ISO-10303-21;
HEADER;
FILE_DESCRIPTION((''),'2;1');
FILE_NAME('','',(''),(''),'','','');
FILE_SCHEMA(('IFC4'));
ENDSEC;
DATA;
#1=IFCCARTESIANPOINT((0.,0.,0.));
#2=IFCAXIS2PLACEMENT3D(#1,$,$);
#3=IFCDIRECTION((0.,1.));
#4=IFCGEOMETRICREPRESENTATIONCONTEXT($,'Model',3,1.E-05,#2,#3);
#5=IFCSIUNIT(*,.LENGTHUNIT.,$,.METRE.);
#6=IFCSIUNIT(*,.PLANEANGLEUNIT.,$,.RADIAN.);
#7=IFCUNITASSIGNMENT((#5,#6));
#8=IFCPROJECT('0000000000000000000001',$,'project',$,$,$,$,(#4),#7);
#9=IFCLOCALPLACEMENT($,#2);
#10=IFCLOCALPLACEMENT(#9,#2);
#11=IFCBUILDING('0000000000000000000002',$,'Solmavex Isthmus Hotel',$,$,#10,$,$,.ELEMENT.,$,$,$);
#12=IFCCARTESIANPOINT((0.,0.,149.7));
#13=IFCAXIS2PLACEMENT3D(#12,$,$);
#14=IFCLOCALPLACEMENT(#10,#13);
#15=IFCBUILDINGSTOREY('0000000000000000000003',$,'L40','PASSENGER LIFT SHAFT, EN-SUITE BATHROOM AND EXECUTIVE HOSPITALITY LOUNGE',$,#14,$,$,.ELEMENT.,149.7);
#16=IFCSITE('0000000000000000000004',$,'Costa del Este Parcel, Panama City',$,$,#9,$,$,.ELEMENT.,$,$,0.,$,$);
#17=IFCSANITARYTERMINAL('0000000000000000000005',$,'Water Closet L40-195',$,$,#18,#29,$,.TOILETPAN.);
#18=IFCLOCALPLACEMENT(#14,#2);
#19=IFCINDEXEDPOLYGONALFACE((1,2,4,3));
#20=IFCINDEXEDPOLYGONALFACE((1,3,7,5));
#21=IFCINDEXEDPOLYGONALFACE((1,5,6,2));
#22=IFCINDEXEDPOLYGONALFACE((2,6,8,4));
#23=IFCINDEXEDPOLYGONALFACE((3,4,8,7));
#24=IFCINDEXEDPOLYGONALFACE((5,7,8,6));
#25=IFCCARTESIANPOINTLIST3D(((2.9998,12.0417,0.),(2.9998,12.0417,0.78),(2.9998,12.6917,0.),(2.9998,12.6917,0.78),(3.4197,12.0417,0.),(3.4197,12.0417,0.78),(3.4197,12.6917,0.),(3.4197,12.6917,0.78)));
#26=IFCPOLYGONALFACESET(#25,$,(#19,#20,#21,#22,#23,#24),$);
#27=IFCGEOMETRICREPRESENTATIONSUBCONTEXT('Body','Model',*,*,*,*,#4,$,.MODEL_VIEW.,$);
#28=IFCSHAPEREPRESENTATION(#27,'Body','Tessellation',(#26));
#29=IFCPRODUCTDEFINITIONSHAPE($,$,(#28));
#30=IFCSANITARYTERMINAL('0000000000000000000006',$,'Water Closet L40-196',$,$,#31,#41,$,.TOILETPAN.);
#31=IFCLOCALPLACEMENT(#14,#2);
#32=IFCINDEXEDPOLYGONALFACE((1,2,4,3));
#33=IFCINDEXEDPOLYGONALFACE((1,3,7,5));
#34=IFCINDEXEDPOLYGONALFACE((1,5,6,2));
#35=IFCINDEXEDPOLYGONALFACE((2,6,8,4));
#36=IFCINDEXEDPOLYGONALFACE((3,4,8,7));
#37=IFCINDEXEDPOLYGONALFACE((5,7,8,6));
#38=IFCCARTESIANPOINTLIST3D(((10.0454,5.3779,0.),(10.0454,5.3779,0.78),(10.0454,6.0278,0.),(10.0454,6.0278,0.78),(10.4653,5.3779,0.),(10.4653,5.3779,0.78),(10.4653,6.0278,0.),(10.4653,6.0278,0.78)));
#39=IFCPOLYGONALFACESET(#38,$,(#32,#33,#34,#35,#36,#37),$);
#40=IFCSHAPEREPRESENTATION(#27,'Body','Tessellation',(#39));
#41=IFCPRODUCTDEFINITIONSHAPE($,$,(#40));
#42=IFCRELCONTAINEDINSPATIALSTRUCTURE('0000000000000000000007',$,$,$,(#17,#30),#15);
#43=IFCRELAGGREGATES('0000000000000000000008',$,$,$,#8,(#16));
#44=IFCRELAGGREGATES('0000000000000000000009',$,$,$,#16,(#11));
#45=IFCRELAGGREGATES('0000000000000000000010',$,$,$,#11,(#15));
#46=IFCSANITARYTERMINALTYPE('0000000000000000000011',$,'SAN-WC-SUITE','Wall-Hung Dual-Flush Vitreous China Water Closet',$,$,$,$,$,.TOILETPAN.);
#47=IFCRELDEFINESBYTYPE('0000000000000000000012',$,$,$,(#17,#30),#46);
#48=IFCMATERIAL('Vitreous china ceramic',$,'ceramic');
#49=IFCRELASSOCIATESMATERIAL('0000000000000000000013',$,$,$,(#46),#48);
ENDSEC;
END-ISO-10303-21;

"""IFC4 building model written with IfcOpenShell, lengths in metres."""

from ifc_helpers import new_model, si_unit, direction, frame, origin, origin_2d, place, context, subcontext, project, spatial, rectangle, extrude, material, type_object, element, save


model = new_model("IFC4")

# Units and contexts
model_context = context("Model", 3, precision=1e-05, world=origin(), true_north=direction((0.0, 1.0)))
body_context = subcontext(model_context, "Body", "Model", "MODEL_VIEW")
ifc_project = project(units=[si_unit("LENGTHUNIT", "METRE"), si_unit("PLANEANGLEUNIT", "RADIAN")], contexts=[model_context])

# Site, building, storey
site_placement = place(None, origin())
site = spatial("IfcSite", under=ifc_project, at=site_placement, Name="Costa del Este Parcel, Panama City", CompositionType="ELEMENT", RefElevation=0.0)
building_placement = place(site_placement, origin())
building = spatial("IfcBuilding", under=site, at=building_placement, Name="Solmavex Isthmus Hotel", CompositionType="ELEMENT")
storey_placement = place(building_placement, frame((0.0, 0.0, 149.7)))
storey = spatial("IfcBuildingStorey", under=building, at=storey_placement, Name="L40", Description="PASSENGER LIFT SHAFT, EN-SUITE BATHROOM AND EXECUTIVE HOSPITALITY LOUNGE", CompositionType="ELEMENT", Elevation=149.7)

# Sanitary terminals
ifc_material_1 = material(Name="Vitreous china ceramic", Category="ceramic")
sanitary_terminal_type_1 = type_object("IfcSanitaryTerminalType", Name="SAN-WC-SUITE", Description="Wall-Hung Dual-Flush Vitreous China Water Closet", PredefinedType="TOILETPAN", material=ifc_material_1)
for number, where, z_axis, x_axis, name in (
    (1, (3.2097, 12.3667, 0.0), (0.0, 0.0, 1.0), (1.0, 0.0, 0.0), "Water Closet L40-195"),
    (2, (10.2554, 5.7029, 0.0), (0.0, 0.0, 1.0), (1.0, 0.0, 0.0), "Water Closet L40-196"),
):
    element("IfcSanitaryTerminal", number, at=place(storey_placement, frame(where, z_axis=z_axis, x_axis=x_axis)), inside=storey, type_object=sanitary_terminal_type_1, Name=name, PredefinedType="TOILETPAN", context=body_context, shape_type="SweptSolid", body=[
        extrude(rectangle(XDim=0.4199, YDim=0.6499, at=origin_2d()), origin(), (0.0, 0.0, 1.0), 0.78),
    ])

save(model, "model.ifc")
